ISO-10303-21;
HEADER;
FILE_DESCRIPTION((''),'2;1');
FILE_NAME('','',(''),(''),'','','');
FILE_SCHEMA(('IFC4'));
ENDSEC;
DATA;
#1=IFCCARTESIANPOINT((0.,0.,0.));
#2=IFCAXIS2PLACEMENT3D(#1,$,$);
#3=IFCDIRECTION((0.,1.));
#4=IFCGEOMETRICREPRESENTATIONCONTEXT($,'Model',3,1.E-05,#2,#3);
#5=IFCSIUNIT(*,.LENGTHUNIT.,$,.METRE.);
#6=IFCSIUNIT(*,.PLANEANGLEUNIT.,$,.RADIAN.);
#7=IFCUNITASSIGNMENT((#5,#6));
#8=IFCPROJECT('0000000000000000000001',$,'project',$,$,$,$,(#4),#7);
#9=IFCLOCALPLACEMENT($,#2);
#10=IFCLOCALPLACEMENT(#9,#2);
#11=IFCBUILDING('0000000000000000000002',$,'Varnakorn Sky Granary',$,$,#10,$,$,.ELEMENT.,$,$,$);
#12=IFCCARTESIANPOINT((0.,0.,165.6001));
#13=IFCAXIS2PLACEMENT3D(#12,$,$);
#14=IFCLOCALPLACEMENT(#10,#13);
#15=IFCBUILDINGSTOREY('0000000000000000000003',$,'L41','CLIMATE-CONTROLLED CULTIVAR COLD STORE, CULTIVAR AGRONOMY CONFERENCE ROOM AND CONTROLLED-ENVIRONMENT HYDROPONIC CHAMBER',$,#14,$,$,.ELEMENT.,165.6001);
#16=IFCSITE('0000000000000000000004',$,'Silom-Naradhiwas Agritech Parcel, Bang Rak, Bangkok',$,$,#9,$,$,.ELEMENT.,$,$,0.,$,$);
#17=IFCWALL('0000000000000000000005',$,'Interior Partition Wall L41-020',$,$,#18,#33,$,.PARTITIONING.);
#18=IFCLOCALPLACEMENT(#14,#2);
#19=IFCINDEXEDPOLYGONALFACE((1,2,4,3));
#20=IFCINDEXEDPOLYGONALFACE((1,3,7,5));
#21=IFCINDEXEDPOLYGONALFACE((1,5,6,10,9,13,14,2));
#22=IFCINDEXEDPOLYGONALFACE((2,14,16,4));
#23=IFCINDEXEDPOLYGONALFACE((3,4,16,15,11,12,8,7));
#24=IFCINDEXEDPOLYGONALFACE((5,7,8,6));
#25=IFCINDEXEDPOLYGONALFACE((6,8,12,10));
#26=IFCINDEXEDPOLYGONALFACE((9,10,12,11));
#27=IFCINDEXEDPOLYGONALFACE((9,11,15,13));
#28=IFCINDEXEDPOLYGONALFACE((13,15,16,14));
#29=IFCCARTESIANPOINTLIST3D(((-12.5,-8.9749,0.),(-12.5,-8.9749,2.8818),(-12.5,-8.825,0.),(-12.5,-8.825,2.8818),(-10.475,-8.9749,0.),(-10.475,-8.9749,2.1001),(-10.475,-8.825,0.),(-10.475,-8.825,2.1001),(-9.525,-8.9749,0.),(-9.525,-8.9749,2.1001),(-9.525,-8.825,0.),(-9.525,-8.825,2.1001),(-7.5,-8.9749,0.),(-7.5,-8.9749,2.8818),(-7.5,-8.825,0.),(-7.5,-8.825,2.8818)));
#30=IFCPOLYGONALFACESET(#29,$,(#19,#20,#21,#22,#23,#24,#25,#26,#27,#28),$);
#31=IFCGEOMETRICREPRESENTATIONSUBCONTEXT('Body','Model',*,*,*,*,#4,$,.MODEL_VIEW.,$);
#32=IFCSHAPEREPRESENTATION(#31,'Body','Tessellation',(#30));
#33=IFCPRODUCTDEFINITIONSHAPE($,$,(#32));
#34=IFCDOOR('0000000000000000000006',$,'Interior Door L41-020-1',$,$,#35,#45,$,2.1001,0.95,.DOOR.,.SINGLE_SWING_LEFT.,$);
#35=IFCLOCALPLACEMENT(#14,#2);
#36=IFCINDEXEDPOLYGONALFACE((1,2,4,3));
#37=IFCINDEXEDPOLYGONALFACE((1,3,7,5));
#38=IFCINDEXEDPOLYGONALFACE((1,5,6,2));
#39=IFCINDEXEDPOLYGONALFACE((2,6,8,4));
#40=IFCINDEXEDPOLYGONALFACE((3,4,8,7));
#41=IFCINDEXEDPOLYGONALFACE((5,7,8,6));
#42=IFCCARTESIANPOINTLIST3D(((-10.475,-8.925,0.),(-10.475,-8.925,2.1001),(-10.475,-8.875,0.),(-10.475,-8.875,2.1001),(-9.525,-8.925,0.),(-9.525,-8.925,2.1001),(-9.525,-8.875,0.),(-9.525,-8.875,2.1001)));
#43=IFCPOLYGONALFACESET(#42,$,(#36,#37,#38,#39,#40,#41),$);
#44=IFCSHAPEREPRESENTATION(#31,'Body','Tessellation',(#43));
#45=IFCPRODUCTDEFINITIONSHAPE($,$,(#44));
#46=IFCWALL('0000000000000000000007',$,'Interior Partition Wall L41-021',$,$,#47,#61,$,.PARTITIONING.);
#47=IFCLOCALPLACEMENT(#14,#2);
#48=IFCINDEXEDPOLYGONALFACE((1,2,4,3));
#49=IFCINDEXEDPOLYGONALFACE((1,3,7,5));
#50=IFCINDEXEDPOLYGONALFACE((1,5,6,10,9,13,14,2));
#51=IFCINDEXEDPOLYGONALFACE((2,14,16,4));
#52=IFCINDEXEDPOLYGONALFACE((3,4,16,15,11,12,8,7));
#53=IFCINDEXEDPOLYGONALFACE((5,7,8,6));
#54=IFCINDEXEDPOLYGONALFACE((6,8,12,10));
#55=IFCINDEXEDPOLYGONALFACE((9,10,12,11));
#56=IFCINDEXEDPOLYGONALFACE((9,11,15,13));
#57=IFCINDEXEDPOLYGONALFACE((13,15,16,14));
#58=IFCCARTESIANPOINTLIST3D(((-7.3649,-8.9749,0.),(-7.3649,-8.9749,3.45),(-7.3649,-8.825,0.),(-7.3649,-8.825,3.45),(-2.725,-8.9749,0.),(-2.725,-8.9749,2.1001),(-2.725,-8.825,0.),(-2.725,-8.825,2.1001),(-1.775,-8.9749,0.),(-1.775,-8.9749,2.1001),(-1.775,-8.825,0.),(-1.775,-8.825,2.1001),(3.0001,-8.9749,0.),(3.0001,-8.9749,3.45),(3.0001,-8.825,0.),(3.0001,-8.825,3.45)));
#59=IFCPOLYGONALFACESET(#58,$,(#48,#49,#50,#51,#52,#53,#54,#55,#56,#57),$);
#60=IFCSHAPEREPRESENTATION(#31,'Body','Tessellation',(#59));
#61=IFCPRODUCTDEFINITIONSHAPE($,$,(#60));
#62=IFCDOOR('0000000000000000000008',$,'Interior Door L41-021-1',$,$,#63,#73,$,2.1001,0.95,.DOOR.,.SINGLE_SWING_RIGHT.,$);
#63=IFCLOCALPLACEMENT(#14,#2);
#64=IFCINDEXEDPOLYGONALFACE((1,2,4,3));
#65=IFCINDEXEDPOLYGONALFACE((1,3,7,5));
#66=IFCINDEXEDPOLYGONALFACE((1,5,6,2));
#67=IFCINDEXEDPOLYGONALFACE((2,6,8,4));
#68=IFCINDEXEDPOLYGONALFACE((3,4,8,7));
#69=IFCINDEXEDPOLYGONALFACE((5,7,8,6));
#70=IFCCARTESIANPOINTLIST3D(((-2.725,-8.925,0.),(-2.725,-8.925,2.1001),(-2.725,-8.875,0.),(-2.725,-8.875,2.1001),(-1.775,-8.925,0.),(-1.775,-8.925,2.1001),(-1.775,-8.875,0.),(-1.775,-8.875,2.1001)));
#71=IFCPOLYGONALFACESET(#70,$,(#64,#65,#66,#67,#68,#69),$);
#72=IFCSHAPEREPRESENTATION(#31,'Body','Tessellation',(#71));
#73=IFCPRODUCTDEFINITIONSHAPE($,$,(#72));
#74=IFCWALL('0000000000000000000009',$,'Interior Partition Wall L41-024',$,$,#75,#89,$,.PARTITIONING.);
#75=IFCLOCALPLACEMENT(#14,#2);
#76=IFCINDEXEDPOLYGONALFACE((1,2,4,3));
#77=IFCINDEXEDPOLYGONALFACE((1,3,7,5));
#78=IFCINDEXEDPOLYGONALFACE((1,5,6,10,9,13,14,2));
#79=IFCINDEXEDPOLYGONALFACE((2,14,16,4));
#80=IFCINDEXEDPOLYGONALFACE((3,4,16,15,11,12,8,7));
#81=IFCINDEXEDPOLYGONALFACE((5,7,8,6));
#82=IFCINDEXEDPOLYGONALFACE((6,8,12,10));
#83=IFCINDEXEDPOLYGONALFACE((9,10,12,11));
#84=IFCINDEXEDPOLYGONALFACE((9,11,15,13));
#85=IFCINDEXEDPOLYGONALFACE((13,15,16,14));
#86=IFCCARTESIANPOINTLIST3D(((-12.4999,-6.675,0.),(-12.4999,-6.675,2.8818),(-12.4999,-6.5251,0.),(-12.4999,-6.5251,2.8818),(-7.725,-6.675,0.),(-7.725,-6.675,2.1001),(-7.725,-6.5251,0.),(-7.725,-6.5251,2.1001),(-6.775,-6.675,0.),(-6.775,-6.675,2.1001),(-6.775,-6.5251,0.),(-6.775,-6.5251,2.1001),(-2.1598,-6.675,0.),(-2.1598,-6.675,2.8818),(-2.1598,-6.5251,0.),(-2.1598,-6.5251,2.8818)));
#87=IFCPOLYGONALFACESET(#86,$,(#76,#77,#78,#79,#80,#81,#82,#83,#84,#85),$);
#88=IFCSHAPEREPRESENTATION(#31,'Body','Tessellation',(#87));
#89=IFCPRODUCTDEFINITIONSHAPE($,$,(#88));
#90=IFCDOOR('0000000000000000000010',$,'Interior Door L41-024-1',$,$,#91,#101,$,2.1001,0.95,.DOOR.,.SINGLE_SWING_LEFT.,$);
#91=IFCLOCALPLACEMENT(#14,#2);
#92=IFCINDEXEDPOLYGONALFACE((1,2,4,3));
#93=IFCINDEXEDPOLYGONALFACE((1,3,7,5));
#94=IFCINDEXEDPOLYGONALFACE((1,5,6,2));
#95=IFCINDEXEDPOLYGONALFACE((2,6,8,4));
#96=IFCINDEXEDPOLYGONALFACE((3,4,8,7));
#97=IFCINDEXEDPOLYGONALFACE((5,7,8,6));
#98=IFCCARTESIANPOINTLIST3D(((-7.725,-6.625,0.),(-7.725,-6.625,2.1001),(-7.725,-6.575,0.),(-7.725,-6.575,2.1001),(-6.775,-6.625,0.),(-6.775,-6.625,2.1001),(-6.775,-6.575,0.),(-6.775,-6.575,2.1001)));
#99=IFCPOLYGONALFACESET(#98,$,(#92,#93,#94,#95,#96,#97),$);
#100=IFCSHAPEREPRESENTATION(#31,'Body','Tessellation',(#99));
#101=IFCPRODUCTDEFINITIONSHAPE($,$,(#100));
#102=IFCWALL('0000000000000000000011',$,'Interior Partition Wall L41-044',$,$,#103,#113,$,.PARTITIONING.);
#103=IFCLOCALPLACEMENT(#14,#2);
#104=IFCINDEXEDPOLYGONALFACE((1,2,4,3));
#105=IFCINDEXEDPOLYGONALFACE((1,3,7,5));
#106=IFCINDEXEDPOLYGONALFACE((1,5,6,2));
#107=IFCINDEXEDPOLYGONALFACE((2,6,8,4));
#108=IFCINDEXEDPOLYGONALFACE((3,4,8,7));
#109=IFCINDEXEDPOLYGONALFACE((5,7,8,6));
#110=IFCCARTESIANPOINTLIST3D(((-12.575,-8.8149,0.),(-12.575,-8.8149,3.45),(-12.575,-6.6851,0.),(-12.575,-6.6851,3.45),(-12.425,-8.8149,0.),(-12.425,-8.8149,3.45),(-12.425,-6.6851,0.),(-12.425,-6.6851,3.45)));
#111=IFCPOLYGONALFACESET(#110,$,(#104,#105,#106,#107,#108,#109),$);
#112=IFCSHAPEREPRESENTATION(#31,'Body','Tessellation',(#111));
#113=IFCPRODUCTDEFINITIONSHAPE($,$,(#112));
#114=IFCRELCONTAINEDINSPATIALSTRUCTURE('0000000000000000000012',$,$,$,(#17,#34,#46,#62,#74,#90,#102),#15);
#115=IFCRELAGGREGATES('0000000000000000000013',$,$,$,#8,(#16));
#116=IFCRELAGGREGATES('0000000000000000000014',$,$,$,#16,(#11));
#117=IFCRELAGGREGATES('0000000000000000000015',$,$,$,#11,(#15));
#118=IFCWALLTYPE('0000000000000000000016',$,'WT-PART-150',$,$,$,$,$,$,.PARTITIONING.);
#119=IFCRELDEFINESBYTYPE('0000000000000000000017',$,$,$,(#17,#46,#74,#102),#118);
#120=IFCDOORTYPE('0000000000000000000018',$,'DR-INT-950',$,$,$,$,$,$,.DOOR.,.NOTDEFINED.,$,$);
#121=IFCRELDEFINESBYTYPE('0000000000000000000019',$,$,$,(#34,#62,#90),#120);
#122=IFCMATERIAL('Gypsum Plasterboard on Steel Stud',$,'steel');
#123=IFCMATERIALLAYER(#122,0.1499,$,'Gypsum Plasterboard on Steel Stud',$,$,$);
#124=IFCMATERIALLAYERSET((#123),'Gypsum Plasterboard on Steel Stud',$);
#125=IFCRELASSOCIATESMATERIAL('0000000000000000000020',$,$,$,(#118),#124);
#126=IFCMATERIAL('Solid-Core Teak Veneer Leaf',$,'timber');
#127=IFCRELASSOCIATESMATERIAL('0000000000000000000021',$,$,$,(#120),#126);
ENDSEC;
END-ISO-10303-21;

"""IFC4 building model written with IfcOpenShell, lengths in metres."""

from ifc_helpers import new_model, si_unit, direction, frame, frame_2d, origin, place, context, subcontext, project, spatial, rectangle, extrude, material, layer, layer_set, type_object, element, fill, save


model = new_model("IFC4")

# Units and contexts
model_context = context("Model", 3, precision=1e-05, world=origin(), true_north=direction((0.0, 1.0)))
body_context = subcontext(model_context, "Body", "Model", "MODEL_VIEW")
ifc_project = project(units=[si_unit("LENGTHUNIT", "METRE"), si_unit("PLANEANGLEUNIT", "RADIAN")], contexts=[model_context])

# Site, building, storey
site_placement = place(None, origin())
site = spatial("IfcSite", under=ifc_project, at=site_placement, Name="Silom-Naradhiwas Agritech Parcel, Bang Rak, Bangkok", CompositionType="ELEMENT", RefElevation=0.0)
building_placement = place(site_placement, origin())
building = spatial("IfcBuilding", under=site, at=building_placement, Name="Varnakorn Sky Granary", CompositionType="ELEMENT")
storey_placement = place(building_placement, frame((0.0, 0.0, 165.6001)))
storey = spatial("IfcBuildingStorey", under=building, at=storey_placement, Name="L41", Description="CLIMATE-CONTROLLED CULTIVAR COLD STORE, CULTIVAR AGRONOMY CONFERENCE ROOM AND CONTROLLED-ENVIRONMENT HYDROPONIC CHAMBER", CompositionType="ELEMENT", Elevation=165.6001)

# Walls, openings, doors
ifc_material_1 = material(Name="Gypsum Plasterboard on Steel Stud", Category="steel")
ifc_layer_1 = layer(ifc_material_1, 0.1499, Name="Gypsum Plasterboard on Steel Stud")
ifc_layer_set_1 = layer_set([ifc_layer_1], Name="Gypsum Plasterboard on Steel Stud")
wall_type_1 = type_object("IfcWallType", Name="WT-PART-150", PredefinedType="PARTITIONING", material=ifc_layer_set_1)
wall_1_placement = place(storey_placement, frame((-12.5, -8.8999, 0.0), z_axis=(0.0, 0.0, 1.0), x_axis=(1.0, 0.0, 0.0)))
wall_1 = element("IfcWall", 1, at=wall_1_placement, inside=storey, type_object=wall_type_1, Name="Interior Partition Wall L41-020", PredefinedType="PARTITIONING", context=body_context, shape_type="SweptSolid", body=[
    extrude(rectangle(XDim=5.0, YDim=0.1499, at=frame_2d((2.5, 0.0))), origin(), (0.0, 0.0, 1.0), 2.8818),
])
opening_1_placement = place(wall_1_placement, frame((2.0249, 0.0, 0.0)))
opening_1 = element("IfcOpeningElement", 2, at=opening_1_placement, cuts=wall_1, PredefinedType="OPENING", context=body_context, shape_type="SweptSolid", body=[
    extrude(rectangle(XDim=0.95, YDim=2.1001, at=frame_2d((0.4751, 1.05))), frame((0.0, 0.085, 0.0), z_axis=(0.0, -1.0, 0.0), x_axis=(1.0, 0.0, 0.0)), (0.0, 0.0, 1.0), 0.1699),
])
ifc_material_2 = material(Name="Solid-Core Teak Veneer Leaf", Category="timber")
door_type_1 = type_object("IfcDoorType", Name="DR-INT-950", OperationType="NOTDEFINED", PredefinedType="DOOR", material=ifc_material_2)
door_1_placement = place(opening_1_placement, origin())
door_1 = element("IfcDoor", 3, at=door_1_placement, inside=storey, type_object=door_type_1, Name="Interior Door L41-020-1", OperationType="SINGLE_SWING_LEFT", OverallHeight=2.1001, OverallWidth=0.95, PredefinedType="DOOR", context=body_context, shape_type="SweptSolid", body=[
    extrude(rectangle(XDim=0.95, YDim=2.1001, at=frame_2d((0.4751, 1.05))), frame((0.0, 0.0249, 0.0), z_axis=(0.0, -1.0, 0.0), x_axis=(1.0, 0.0, 0.0)), (0.0, 0.0, 1.0), 0.05),
])
fill(opening_1, door_1)
wall_2_placement = place(storey_placement, frame((-7.365, -8.8999, 0.0), z_axis=(0.0, 0.0, 1.0), x_axis=(1.0, 0.0, 0.0)))
wall_2 = element("IfcWall", 4, at=wall_2_placement, inside=storey, type_object=wall_type_1, Name="Interior Partition Wall L41-021", PredefinedType="PARTITIONING", context=body_context, shape_type="SweptSolid", body=[
    extrude(rectangle(XDim=10.365, YDim=0.1499, at=frame_2d((5.1826, 0.0))), origin(), (0.0, 0.0, 1.0), 3.45),
])
opening_2_placement = place(wall_2_placement, frame((4.6399, 0.0, 0.0)))
opening_2 = element("IfcOpeningElement", 5, at=opening_2_placement, cuts=wall_2, PredefinedType="OPENING", context=body_context, shape_type="SweptSolid", body=[
    extrude(rectangle(XDim=0.95, YDim=2.1001, at=frame_2d((0.4751, 1.05))), frame((0.0, 0.085, 0.0), z_axis=(0.0, -1.0, 0.0), x_axis=(1.0, 0.0, 0.0)), (0.0, 0.0, 1.0), 0.1699),
])
door_2_placement = place(opening_2_placement, origin())
door_2 = element("IfcDoor", 6, at=door_2_placement, inside=storey, type_object=door_type_1, Name="Interior Door L41-021-1", OperationType="SINGLE_SWING_RIGHT", OverallHeight=2.1001, OverallWidth=0.95, PredefinedType="DOOR", context=body_context, shape_type="SweptSolid", body=[
    extrude(rectangle(XDim=0.95, YDim=2.1001, at=frame_2d((0.4751, 1.05))), frame((0.0, 0.0249, 0.0), z_axis=(0.0, -1.0, 0.0), x_axis=(1.0, 0.0, 0.0)), (0.0, 0.0, 1.0), 0.05),
])
fill(opening_2, door_2)
wall_3_placement = place(storey_placement, frame((-2.1599, -6.6001, 0.0), z_axis=(0.0, 0.0, 1.0), x_axis=(-1.0, 0.0, 0.0)))
wall_3 = element("IfcWall", 7, at=wall_3_placement, inside=storey, type_object=wall_type_1, Name="Interior Partition Wall L41-024", PredefinedType="PARTITIONING", context=body_context, shape_type="SweptSolid", body=[
    extrude(rectangle(XDim=10.3401, YDim=0.1499, at=frame_2d((5.1699, 0.0))), origin(), (0.0, 0.0, 1.0), 2.8818),
])
opening_3_placement = place(wall_3_placement, frame((4.615, 0.0, 0.0)))
opening_3 = element("IfcOpeningElement", 8, at=opening_3_placement, cuts=wall_3, PredefinedType="OPENING", context=body_context, shape_type="SweptSolid", body=[
    extrude(rectangle(XDim=0.95, YDim=2.1001, at=frame_2d((0.4751, 1.05))), frame((0.0, 0.085, 0.0), z_axis=(0.0, -1.0, 0.0), x_axis=(1.0, 0.0, 0.0)), (0.0, 0.0, 1.0), 0.1699),
])
door_3_placement = place(opening_3_placement, origin())
door_3 = element("IfcDoor", 9, at=door_3_placement, inside=storey, type_object=door_type_1, Name="Interior Door L41-024-1", OperationType="SINGLE_SWING_LEFT", OverallHeight=2.1001, OverallWidth=0.95, PredefinedType="DOOR", context=body_context, shape_type="SweptSolid", body=[
    extrude(rectangle(XDim=0.95, YDim=2.1001, at=frame_2d((0.4751, 1.05))), frame((0.0, 0.0249, 0.0), z_axis=(0.0, -1.0, 0.0), x_axis=(1.0, 0.0, 0.0)), (0.0, 0.0, 1.0), 0.05),
])
fill(opening_3, door_3)

# Wall
wall_4_placement = place(storey_placement, frame((-12.5, -6.6851, 0.0), z_axis=(0.0, 0.0, 1.0), x_axis=(0.0, -1.0, 0.0)))
element("IfcWall", 10, at=wall_4_placement, inside=storey, type_object=wall_type_1, Name="Interior Partition Wall L41-044", PredefinedType="PARTITIONING", context=body_context, shape_type="SweptSolid", body=[
    extrude(rectangle(XDim=2.1299, YDim=0.1499, at=frame_2d((1.0649, 0.0))), origin(), (0.0, 0.0, 1.0), 3.45),
])

save(model, "model.ifc")
